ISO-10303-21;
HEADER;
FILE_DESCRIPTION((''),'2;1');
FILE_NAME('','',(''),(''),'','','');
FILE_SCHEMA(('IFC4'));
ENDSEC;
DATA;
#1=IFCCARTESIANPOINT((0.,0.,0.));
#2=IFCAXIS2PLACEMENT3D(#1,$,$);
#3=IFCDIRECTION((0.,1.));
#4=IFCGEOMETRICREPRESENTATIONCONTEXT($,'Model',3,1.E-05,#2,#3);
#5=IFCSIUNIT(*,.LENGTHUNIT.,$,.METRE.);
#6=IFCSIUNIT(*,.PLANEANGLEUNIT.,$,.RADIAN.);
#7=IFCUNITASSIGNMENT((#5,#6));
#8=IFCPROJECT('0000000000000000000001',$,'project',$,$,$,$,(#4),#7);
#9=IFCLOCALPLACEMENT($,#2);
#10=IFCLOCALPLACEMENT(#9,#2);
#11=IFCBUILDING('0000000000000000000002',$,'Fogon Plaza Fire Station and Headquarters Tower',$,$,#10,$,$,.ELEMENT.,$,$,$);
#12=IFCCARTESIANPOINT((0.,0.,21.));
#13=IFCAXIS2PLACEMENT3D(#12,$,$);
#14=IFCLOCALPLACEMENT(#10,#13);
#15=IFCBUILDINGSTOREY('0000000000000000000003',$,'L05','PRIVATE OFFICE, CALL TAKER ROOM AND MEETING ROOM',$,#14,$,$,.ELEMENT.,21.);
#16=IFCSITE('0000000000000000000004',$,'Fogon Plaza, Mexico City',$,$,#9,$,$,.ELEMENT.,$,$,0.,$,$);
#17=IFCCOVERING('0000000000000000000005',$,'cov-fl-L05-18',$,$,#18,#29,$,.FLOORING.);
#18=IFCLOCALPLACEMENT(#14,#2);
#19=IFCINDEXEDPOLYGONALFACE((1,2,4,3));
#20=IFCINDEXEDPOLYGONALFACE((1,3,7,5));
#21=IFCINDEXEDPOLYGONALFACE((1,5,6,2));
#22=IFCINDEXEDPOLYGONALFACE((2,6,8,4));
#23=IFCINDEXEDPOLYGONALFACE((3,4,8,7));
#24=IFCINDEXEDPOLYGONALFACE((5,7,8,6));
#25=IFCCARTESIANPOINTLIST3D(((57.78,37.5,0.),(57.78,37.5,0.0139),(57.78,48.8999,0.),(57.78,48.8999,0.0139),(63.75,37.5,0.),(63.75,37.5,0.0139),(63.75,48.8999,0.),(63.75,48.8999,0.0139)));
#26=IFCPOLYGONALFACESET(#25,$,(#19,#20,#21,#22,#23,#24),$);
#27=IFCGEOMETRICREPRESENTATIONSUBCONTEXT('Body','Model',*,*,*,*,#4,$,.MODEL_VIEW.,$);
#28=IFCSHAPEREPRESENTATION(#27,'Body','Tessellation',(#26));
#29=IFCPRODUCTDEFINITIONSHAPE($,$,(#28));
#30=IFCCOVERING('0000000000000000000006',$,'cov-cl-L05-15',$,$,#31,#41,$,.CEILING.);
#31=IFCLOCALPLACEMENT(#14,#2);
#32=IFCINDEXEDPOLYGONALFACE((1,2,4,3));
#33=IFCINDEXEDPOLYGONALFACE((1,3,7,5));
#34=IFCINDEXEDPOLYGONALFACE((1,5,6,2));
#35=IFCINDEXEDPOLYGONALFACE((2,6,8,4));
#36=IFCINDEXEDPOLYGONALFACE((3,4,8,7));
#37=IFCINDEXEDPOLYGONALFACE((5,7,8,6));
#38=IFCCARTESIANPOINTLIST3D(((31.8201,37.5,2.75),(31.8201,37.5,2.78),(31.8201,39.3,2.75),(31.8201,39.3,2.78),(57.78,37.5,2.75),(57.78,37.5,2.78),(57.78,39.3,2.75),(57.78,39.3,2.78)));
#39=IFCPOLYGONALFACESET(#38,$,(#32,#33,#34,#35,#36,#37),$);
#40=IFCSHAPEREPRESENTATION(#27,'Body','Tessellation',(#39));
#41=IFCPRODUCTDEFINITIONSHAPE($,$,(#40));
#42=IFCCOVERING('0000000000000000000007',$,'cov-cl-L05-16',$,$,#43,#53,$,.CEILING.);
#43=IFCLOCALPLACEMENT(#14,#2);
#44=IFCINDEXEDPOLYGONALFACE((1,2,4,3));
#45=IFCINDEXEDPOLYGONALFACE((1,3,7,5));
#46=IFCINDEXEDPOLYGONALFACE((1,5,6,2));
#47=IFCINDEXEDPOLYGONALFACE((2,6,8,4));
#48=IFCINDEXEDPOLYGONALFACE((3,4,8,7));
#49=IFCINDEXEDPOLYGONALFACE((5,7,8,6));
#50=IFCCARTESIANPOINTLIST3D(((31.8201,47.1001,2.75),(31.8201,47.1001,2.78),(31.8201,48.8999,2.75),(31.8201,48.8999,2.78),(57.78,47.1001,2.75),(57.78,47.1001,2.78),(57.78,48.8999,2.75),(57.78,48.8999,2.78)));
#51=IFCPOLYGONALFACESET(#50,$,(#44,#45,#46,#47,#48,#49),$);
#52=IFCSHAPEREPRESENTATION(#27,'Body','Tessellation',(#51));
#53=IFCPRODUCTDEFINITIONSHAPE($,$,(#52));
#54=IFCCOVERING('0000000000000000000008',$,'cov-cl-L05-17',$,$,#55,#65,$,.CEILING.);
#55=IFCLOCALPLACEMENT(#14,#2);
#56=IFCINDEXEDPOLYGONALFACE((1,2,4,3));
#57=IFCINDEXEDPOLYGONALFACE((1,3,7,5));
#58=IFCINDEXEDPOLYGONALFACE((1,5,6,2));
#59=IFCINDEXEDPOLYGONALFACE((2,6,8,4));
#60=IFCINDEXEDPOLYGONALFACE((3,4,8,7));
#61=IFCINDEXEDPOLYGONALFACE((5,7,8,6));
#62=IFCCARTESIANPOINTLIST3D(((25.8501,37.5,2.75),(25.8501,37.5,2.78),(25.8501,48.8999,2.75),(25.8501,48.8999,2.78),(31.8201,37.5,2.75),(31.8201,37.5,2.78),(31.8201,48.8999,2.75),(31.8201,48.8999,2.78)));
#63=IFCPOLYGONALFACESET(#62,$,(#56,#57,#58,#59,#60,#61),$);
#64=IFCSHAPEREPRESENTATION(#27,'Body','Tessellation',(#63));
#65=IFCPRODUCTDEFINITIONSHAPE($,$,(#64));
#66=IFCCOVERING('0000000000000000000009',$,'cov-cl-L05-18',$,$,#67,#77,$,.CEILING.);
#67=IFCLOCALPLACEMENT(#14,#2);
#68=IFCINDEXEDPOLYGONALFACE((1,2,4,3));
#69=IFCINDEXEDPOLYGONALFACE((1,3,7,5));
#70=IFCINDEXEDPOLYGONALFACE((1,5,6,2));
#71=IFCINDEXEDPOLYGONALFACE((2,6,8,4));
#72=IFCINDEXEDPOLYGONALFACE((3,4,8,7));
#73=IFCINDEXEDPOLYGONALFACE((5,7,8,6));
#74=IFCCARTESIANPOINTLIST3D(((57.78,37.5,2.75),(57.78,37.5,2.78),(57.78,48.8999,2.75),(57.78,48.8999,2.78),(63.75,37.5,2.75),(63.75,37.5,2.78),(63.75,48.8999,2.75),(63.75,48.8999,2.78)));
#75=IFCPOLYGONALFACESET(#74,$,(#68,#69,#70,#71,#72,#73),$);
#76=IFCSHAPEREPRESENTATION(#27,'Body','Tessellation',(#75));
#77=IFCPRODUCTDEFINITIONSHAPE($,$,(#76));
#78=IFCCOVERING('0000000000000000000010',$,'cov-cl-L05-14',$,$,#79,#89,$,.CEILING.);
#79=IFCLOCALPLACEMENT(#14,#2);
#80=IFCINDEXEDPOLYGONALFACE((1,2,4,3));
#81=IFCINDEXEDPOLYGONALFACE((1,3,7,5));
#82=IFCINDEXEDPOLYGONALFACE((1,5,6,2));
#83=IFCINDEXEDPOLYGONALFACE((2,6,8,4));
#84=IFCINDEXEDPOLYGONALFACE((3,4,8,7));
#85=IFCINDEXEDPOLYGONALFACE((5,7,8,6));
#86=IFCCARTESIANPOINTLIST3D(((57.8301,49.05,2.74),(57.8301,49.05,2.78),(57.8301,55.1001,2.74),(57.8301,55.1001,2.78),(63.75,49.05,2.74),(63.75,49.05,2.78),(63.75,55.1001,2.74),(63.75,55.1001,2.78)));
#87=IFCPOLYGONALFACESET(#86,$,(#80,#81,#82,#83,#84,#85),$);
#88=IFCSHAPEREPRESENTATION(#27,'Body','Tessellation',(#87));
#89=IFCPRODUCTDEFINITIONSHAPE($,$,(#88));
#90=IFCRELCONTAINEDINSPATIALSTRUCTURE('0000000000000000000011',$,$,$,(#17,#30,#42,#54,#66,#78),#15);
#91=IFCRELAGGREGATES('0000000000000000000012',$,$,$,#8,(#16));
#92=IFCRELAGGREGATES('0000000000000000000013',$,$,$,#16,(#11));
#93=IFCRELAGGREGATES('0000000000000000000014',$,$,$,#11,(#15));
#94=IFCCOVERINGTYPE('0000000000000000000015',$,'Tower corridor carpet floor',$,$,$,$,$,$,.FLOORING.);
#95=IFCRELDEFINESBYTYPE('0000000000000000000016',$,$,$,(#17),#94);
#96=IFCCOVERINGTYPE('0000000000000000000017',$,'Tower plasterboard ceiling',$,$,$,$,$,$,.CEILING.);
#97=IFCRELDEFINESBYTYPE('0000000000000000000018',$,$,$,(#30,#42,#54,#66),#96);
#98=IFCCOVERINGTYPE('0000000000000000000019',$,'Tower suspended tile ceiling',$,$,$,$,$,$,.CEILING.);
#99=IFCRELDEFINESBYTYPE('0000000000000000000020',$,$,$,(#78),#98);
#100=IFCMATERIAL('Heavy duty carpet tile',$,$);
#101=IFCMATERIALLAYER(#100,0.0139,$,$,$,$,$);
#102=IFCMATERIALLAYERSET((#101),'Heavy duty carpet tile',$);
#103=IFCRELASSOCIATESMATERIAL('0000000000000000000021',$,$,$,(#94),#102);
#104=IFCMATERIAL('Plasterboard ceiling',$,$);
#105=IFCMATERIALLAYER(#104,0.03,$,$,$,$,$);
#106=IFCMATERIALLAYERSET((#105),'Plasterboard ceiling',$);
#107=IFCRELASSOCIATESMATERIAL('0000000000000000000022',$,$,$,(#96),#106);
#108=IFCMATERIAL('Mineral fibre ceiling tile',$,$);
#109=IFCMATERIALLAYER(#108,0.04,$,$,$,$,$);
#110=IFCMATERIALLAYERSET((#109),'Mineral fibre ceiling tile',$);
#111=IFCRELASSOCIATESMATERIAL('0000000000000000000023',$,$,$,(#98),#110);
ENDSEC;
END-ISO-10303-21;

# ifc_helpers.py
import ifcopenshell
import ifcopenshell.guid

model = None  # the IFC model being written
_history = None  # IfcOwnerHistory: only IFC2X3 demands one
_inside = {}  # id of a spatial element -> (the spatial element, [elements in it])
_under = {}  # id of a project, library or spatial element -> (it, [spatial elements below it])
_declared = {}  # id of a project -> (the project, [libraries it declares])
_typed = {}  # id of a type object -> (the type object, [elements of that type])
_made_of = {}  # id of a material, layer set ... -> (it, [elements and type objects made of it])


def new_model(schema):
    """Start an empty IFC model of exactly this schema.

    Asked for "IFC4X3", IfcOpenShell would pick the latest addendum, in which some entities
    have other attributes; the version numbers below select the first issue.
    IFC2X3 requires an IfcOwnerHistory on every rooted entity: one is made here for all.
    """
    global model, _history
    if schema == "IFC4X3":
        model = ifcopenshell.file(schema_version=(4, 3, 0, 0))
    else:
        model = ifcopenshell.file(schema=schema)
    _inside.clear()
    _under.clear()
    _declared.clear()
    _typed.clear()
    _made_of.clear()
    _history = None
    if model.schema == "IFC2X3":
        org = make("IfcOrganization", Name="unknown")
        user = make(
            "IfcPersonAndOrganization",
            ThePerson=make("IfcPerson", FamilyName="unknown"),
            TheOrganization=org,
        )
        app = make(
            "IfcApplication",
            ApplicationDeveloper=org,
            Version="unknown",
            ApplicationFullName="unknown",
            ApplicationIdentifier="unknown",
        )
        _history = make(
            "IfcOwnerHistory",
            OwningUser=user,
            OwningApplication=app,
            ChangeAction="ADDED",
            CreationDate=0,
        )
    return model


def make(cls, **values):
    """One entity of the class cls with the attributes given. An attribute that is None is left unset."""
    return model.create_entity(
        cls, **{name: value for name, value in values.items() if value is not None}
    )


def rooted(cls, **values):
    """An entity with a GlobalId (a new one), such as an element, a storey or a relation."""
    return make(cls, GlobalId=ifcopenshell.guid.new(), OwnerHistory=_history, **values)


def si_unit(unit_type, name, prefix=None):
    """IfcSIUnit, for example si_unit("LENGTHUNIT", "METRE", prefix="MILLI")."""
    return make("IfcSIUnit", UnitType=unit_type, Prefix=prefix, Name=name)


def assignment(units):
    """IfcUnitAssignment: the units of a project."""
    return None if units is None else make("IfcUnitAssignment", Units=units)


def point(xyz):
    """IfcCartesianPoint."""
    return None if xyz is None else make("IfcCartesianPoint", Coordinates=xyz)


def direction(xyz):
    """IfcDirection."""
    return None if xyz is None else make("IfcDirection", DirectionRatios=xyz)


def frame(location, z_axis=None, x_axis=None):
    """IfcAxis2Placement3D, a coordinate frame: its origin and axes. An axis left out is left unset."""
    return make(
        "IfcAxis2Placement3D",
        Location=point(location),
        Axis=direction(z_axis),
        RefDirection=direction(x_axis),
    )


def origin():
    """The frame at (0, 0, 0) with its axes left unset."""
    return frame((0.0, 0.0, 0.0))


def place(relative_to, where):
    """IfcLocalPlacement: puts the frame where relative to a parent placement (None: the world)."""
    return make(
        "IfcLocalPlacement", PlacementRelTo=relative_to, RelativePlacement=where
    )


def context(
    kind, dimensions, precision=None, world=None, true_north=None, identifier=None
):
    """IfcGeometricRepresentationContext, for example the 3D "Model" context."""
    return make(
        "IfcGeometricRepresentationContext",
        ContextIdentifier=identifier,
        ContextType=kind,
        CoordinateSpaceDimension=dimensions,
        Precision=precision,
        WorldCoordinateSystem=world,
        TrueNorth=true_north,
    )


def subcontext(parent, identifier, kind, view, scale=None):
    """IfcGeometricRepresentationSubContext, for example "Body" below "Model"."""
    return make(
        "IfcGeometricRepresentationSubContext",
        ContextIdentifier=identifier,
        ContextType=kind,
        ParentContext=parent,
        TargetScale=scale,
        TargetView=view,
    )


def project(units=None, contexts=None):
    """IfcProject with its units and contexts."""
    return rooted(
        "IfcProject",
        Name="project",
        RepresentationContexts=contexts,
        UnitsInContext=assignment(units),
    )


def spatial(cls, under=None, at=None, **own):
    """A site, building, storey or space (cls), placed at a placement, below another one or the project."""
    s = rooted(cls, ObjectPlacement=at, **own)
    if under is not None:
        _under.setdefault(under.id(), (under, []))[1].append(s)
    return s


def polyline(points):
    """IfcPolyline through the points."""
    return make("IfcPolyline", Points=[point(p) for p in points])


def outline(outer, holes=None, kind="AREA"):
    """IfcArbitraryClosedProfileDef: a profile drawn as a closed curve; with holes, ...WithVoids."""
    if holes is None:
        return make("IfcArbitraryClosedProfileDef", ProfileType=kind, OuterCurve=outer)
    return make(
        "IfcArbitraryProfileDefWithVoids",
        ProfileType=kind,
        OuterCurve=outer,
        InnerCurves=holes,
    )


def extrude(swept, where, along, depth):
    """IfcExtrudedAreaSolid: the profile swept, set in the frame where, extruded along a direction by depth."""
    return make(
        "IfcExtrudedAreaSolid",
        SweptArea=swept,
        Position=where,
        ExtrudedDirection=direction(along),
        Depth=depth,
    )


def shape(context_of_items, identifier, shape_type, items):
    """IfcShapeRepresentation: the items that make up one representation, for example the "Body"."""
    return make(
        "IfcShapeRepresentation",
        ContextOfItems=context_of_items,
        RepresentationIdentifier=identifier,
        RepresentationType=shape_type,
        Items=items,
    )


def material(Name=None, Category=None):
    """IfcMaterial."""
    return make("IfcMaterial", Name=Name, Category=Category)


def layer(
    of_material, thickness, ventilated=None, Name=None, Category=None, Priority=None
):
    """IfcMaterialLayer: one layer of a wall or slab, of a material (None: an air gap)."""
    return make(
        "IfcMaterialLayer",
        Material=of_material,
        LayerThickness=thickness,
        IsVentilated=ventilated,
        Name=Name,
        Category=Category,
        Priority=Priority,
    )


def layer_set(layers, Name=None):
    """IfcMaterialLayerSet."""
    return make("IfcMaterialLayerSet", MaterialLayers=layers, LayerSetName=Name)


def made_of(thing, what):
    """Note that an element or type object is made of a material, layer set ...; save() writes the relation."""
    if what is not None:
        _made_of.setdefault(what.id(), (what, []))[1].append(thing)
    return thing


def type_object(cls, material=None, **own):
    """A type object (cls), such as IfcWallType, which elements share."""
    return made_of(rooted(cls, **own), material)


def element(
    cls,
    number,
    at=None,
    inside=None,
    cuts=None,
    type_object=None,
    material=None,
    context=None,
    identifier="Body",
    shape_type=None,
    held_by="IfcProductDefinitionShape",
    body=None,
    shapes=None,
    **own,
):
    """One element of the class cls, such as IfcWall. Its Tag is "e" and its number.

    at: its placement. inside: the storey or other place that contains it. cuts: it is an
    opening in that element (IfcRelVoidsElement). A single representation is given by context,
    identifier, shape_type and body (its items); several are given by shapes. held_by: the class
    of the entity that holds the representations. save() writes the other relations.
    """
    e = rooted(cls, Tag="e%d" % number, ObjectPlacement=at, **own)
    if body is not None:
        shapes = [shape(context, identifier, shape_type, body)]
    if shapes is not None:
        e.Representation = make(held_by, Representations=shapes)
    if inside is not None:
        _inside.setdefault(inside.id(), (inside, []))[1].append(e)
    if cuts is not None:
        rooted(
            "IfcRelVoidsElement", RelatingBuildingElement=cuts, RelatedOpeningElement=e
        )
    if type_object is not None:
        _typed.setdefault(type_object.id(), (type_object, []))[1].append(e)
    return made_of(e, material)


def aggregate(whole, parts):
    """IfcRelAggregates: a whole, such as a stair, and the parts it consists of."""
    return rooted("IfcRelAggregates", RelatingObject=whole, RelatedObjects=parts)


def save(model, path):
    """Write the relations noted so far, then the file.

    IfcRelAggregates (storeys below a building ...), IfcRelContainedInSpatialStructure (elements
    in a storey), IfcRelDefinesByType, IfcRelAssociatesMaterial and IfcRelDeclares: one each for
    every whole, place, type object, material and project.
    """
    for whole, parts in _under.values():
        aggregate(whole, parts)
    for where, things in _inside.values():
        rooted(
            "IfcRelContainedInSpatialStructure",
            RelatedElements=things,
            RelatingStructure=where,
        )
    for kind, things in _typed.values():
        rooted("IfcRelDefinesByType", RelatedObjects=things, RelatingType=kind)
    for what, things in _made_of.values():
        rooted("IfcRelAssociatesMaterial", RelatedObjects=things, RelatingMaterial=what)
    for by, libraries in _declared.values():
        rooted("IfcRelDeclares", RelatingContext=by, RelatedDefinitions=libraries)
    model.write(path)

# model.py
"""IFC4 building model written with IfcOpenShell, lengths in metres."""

from ifc_helpers import new_model, si_unit, direction, frame, origin, place, context, subcontext, project, spatial, polyline, outline, extrude, material, layer, layer_set, type_object, element, save


model = new_model("IFC4")

# Units and contexts
model_context = context("Model", 3, precision=1e-05, world=origin(), true_north=direction((0.0, 1.0)))
body_context = subcontext(model_context, "Body", "Model", "MODEL_VIEW")
ifc_project = project(units=[si_unit("LENGTHUNIT", "METRE"), si_unit("PLANEANGLEUNIT", "RADIAN")], contexts=[model_context])

# Site, building, storey
site_placement = place(None, origin())
site = spatial("IfcSite", under=ifc_project, at=site_placement, Name="Fogon Plaza, Mexico City", CompositionType="ELEMENT", RefElevation=0.0)
building_placement = place(site_placement, origin())
building = spatial("IfcBuilding", under=site, at=building_placement, Name="Fogon Plaza Fire Station and Headquarters Tower", CompositionType="ELEMENT")
storey_placement = place(building_placement, frame((0.0, 0.0, 21.0)))
storey = spatial("IfcBuildingStorey", under=building, at=storey_placement, Name="L05", Description="PRIVATE OFFICE, CALL TAKER ROOM AND MEETING ROOM", CompositionType="ELEMENT", Elevation=21.0)

# Coverings
ifc_material_1 = material(Name="Heavy duty carpet tile")
ifc_layer_1 = layer(ifc_material_1, 0.0139)
ifc_layer_set_1 = layer_set([ifc_layer_1], Name="Heavy duty carpet tile")
covering_type_1 = type_object("IfcCoveringType", Name="Tower corridor carpet floor", PredefinedType="FLOORING", material=ifc_layer_set_1)
covering_1_placement = place(storey_placement, origin())
element("IfcCovering", 1, at=covering_1_placement, inside=storey, type_object=covering_type_1, Name="cov-fl-L05-18", PredefinedType="FLOORING", context=body_context, shape_type="SweptSolid", body=[
    extrude(outline(polyline([(63.75, 37.5), (63.75, 48.8999), (57.78, 48.8999), (57.78, 37.5), (63.75, 37.5)])), origin(), (0.0, 0.0, 1.0), 0.0139),
])
ifc_material_2 = material(Name="Plasterboard ceiling")
ifc_layer_2 = layer(ifc_material_2, 0.03)
ifc_layer_set_2 = layer_set([ifc_layer_2], Name="Plasterboard ceiling")
covering_type_2 = type_object("IfcCoveringType", Name="Tower plasterboard ceiling", PredefinedType="CEILING", material=ifc_layer_set_2)
covering_2_placement = place(storey_placement, frame((0.0, 0.0, 2.75)))
element("IfcCovering", 2, at=covering_2_placement, inside=storey, type_object=covering_type_2, Name="cov-cl-L05-15", PredefinedType="CEILING", context=body_context, shape_type="SweptSolid", body=[
    extrude(outline(polyline([(57.78, 37.5), (57.78, 39.3), (31.8201, 39.3), (31.8201, 37.5), (57.78, 37.5)])), origin(), (0.0, 0.0, 1.0), 0.03),
])
covering_3_placement = place(storey_placement, frame((0.0, 0.0, 2.75)))
element("IfcCovering", 3, at=covering_3_placement, inside=storey, type_object=covering_type_2, Name="cov-cl-L05-16", PredefinedType="CEILING", context=body_context, shape_type="SweptSolid", body=[
    extrude(outline(polyline([(57.78, 47.1001), (57.78, 48.8999), (31.8201, 48.8999), (31.8201, 47.1001), (57.78, 47.1001)])), origin(), (0.0, 0.0, 1.0), 0.03),
])
covering_4_placement = place(storey_placement, frame((0.0, 0.0, 2.75)))
element("IfcCovering", 4, at=covering_4_placement, inside=storey, type_object=covering_type_2, Name="cov-cl-L05-17", PredefinedType="CEILING", context=body_context, shape_type="SweptSolid", body=[
    extrude(outline(polyline([(31.8201, 37.5), (31.8201, 48.8999), (25.8501, 48.8999), (25.8501, 37.5), (31.8201, 37.5)])), origin(), (0.0, 0.0, 1.0), 0.03),
])
covering_5_placement = place(storey_placement, frame((0.0, 0.0, 2.75)))
element("IfcCovering", 5, at=covering_5_placement, inside=storey, type_object=covering_type_2, Name="cov-cl-L05-18", PredefinedType="CEILING", context=body_context, shape_type="SweptSolid", body=[
    extrude(outline(polyline([(63.75, 37.5), (63.75, 48.8999), (57.78, 48.8999), (57.78, 37.5), (63.75, 37.5)])), origin(), (0.0, 0.0, 1.0), 0.03),
])
ifc_material_3 = material(Name="Mineral fibre ceiling tile")
ifc_layer_3 = layer(ifc_material_3, 0.04)
ifc_layer_set_3 = layer_set([ifc_layer_3], Name="Mineral fibre ceiling tile")
covering_type_3 = type_object("IfcCoveringType", Name="Tower suspended tile ceiling", PredefinedType="CEILING", material=ifc_layer_set_3)
covering_6_placement = place(storey_placement, frame((0.0, 0.0, 2.74)))
element("IfcCovering", 6, at=covering_6_placement, inside=storey, type_object=covering_type_3, Name="cov-cl-L05-14", PredefinedType="CEILING", context=body_context, shape_type="SweptSolid", body=[
    extrude(outline(polyline([(63.75, 49.05), (63.75, 55.1001), (57.8301, 55.1001), (57.8301, 49.05), (63.75, 49.05)])), origin(), (0.0, 0.0, 1.0), 0.04),
])

save(model, "model.ifc")
